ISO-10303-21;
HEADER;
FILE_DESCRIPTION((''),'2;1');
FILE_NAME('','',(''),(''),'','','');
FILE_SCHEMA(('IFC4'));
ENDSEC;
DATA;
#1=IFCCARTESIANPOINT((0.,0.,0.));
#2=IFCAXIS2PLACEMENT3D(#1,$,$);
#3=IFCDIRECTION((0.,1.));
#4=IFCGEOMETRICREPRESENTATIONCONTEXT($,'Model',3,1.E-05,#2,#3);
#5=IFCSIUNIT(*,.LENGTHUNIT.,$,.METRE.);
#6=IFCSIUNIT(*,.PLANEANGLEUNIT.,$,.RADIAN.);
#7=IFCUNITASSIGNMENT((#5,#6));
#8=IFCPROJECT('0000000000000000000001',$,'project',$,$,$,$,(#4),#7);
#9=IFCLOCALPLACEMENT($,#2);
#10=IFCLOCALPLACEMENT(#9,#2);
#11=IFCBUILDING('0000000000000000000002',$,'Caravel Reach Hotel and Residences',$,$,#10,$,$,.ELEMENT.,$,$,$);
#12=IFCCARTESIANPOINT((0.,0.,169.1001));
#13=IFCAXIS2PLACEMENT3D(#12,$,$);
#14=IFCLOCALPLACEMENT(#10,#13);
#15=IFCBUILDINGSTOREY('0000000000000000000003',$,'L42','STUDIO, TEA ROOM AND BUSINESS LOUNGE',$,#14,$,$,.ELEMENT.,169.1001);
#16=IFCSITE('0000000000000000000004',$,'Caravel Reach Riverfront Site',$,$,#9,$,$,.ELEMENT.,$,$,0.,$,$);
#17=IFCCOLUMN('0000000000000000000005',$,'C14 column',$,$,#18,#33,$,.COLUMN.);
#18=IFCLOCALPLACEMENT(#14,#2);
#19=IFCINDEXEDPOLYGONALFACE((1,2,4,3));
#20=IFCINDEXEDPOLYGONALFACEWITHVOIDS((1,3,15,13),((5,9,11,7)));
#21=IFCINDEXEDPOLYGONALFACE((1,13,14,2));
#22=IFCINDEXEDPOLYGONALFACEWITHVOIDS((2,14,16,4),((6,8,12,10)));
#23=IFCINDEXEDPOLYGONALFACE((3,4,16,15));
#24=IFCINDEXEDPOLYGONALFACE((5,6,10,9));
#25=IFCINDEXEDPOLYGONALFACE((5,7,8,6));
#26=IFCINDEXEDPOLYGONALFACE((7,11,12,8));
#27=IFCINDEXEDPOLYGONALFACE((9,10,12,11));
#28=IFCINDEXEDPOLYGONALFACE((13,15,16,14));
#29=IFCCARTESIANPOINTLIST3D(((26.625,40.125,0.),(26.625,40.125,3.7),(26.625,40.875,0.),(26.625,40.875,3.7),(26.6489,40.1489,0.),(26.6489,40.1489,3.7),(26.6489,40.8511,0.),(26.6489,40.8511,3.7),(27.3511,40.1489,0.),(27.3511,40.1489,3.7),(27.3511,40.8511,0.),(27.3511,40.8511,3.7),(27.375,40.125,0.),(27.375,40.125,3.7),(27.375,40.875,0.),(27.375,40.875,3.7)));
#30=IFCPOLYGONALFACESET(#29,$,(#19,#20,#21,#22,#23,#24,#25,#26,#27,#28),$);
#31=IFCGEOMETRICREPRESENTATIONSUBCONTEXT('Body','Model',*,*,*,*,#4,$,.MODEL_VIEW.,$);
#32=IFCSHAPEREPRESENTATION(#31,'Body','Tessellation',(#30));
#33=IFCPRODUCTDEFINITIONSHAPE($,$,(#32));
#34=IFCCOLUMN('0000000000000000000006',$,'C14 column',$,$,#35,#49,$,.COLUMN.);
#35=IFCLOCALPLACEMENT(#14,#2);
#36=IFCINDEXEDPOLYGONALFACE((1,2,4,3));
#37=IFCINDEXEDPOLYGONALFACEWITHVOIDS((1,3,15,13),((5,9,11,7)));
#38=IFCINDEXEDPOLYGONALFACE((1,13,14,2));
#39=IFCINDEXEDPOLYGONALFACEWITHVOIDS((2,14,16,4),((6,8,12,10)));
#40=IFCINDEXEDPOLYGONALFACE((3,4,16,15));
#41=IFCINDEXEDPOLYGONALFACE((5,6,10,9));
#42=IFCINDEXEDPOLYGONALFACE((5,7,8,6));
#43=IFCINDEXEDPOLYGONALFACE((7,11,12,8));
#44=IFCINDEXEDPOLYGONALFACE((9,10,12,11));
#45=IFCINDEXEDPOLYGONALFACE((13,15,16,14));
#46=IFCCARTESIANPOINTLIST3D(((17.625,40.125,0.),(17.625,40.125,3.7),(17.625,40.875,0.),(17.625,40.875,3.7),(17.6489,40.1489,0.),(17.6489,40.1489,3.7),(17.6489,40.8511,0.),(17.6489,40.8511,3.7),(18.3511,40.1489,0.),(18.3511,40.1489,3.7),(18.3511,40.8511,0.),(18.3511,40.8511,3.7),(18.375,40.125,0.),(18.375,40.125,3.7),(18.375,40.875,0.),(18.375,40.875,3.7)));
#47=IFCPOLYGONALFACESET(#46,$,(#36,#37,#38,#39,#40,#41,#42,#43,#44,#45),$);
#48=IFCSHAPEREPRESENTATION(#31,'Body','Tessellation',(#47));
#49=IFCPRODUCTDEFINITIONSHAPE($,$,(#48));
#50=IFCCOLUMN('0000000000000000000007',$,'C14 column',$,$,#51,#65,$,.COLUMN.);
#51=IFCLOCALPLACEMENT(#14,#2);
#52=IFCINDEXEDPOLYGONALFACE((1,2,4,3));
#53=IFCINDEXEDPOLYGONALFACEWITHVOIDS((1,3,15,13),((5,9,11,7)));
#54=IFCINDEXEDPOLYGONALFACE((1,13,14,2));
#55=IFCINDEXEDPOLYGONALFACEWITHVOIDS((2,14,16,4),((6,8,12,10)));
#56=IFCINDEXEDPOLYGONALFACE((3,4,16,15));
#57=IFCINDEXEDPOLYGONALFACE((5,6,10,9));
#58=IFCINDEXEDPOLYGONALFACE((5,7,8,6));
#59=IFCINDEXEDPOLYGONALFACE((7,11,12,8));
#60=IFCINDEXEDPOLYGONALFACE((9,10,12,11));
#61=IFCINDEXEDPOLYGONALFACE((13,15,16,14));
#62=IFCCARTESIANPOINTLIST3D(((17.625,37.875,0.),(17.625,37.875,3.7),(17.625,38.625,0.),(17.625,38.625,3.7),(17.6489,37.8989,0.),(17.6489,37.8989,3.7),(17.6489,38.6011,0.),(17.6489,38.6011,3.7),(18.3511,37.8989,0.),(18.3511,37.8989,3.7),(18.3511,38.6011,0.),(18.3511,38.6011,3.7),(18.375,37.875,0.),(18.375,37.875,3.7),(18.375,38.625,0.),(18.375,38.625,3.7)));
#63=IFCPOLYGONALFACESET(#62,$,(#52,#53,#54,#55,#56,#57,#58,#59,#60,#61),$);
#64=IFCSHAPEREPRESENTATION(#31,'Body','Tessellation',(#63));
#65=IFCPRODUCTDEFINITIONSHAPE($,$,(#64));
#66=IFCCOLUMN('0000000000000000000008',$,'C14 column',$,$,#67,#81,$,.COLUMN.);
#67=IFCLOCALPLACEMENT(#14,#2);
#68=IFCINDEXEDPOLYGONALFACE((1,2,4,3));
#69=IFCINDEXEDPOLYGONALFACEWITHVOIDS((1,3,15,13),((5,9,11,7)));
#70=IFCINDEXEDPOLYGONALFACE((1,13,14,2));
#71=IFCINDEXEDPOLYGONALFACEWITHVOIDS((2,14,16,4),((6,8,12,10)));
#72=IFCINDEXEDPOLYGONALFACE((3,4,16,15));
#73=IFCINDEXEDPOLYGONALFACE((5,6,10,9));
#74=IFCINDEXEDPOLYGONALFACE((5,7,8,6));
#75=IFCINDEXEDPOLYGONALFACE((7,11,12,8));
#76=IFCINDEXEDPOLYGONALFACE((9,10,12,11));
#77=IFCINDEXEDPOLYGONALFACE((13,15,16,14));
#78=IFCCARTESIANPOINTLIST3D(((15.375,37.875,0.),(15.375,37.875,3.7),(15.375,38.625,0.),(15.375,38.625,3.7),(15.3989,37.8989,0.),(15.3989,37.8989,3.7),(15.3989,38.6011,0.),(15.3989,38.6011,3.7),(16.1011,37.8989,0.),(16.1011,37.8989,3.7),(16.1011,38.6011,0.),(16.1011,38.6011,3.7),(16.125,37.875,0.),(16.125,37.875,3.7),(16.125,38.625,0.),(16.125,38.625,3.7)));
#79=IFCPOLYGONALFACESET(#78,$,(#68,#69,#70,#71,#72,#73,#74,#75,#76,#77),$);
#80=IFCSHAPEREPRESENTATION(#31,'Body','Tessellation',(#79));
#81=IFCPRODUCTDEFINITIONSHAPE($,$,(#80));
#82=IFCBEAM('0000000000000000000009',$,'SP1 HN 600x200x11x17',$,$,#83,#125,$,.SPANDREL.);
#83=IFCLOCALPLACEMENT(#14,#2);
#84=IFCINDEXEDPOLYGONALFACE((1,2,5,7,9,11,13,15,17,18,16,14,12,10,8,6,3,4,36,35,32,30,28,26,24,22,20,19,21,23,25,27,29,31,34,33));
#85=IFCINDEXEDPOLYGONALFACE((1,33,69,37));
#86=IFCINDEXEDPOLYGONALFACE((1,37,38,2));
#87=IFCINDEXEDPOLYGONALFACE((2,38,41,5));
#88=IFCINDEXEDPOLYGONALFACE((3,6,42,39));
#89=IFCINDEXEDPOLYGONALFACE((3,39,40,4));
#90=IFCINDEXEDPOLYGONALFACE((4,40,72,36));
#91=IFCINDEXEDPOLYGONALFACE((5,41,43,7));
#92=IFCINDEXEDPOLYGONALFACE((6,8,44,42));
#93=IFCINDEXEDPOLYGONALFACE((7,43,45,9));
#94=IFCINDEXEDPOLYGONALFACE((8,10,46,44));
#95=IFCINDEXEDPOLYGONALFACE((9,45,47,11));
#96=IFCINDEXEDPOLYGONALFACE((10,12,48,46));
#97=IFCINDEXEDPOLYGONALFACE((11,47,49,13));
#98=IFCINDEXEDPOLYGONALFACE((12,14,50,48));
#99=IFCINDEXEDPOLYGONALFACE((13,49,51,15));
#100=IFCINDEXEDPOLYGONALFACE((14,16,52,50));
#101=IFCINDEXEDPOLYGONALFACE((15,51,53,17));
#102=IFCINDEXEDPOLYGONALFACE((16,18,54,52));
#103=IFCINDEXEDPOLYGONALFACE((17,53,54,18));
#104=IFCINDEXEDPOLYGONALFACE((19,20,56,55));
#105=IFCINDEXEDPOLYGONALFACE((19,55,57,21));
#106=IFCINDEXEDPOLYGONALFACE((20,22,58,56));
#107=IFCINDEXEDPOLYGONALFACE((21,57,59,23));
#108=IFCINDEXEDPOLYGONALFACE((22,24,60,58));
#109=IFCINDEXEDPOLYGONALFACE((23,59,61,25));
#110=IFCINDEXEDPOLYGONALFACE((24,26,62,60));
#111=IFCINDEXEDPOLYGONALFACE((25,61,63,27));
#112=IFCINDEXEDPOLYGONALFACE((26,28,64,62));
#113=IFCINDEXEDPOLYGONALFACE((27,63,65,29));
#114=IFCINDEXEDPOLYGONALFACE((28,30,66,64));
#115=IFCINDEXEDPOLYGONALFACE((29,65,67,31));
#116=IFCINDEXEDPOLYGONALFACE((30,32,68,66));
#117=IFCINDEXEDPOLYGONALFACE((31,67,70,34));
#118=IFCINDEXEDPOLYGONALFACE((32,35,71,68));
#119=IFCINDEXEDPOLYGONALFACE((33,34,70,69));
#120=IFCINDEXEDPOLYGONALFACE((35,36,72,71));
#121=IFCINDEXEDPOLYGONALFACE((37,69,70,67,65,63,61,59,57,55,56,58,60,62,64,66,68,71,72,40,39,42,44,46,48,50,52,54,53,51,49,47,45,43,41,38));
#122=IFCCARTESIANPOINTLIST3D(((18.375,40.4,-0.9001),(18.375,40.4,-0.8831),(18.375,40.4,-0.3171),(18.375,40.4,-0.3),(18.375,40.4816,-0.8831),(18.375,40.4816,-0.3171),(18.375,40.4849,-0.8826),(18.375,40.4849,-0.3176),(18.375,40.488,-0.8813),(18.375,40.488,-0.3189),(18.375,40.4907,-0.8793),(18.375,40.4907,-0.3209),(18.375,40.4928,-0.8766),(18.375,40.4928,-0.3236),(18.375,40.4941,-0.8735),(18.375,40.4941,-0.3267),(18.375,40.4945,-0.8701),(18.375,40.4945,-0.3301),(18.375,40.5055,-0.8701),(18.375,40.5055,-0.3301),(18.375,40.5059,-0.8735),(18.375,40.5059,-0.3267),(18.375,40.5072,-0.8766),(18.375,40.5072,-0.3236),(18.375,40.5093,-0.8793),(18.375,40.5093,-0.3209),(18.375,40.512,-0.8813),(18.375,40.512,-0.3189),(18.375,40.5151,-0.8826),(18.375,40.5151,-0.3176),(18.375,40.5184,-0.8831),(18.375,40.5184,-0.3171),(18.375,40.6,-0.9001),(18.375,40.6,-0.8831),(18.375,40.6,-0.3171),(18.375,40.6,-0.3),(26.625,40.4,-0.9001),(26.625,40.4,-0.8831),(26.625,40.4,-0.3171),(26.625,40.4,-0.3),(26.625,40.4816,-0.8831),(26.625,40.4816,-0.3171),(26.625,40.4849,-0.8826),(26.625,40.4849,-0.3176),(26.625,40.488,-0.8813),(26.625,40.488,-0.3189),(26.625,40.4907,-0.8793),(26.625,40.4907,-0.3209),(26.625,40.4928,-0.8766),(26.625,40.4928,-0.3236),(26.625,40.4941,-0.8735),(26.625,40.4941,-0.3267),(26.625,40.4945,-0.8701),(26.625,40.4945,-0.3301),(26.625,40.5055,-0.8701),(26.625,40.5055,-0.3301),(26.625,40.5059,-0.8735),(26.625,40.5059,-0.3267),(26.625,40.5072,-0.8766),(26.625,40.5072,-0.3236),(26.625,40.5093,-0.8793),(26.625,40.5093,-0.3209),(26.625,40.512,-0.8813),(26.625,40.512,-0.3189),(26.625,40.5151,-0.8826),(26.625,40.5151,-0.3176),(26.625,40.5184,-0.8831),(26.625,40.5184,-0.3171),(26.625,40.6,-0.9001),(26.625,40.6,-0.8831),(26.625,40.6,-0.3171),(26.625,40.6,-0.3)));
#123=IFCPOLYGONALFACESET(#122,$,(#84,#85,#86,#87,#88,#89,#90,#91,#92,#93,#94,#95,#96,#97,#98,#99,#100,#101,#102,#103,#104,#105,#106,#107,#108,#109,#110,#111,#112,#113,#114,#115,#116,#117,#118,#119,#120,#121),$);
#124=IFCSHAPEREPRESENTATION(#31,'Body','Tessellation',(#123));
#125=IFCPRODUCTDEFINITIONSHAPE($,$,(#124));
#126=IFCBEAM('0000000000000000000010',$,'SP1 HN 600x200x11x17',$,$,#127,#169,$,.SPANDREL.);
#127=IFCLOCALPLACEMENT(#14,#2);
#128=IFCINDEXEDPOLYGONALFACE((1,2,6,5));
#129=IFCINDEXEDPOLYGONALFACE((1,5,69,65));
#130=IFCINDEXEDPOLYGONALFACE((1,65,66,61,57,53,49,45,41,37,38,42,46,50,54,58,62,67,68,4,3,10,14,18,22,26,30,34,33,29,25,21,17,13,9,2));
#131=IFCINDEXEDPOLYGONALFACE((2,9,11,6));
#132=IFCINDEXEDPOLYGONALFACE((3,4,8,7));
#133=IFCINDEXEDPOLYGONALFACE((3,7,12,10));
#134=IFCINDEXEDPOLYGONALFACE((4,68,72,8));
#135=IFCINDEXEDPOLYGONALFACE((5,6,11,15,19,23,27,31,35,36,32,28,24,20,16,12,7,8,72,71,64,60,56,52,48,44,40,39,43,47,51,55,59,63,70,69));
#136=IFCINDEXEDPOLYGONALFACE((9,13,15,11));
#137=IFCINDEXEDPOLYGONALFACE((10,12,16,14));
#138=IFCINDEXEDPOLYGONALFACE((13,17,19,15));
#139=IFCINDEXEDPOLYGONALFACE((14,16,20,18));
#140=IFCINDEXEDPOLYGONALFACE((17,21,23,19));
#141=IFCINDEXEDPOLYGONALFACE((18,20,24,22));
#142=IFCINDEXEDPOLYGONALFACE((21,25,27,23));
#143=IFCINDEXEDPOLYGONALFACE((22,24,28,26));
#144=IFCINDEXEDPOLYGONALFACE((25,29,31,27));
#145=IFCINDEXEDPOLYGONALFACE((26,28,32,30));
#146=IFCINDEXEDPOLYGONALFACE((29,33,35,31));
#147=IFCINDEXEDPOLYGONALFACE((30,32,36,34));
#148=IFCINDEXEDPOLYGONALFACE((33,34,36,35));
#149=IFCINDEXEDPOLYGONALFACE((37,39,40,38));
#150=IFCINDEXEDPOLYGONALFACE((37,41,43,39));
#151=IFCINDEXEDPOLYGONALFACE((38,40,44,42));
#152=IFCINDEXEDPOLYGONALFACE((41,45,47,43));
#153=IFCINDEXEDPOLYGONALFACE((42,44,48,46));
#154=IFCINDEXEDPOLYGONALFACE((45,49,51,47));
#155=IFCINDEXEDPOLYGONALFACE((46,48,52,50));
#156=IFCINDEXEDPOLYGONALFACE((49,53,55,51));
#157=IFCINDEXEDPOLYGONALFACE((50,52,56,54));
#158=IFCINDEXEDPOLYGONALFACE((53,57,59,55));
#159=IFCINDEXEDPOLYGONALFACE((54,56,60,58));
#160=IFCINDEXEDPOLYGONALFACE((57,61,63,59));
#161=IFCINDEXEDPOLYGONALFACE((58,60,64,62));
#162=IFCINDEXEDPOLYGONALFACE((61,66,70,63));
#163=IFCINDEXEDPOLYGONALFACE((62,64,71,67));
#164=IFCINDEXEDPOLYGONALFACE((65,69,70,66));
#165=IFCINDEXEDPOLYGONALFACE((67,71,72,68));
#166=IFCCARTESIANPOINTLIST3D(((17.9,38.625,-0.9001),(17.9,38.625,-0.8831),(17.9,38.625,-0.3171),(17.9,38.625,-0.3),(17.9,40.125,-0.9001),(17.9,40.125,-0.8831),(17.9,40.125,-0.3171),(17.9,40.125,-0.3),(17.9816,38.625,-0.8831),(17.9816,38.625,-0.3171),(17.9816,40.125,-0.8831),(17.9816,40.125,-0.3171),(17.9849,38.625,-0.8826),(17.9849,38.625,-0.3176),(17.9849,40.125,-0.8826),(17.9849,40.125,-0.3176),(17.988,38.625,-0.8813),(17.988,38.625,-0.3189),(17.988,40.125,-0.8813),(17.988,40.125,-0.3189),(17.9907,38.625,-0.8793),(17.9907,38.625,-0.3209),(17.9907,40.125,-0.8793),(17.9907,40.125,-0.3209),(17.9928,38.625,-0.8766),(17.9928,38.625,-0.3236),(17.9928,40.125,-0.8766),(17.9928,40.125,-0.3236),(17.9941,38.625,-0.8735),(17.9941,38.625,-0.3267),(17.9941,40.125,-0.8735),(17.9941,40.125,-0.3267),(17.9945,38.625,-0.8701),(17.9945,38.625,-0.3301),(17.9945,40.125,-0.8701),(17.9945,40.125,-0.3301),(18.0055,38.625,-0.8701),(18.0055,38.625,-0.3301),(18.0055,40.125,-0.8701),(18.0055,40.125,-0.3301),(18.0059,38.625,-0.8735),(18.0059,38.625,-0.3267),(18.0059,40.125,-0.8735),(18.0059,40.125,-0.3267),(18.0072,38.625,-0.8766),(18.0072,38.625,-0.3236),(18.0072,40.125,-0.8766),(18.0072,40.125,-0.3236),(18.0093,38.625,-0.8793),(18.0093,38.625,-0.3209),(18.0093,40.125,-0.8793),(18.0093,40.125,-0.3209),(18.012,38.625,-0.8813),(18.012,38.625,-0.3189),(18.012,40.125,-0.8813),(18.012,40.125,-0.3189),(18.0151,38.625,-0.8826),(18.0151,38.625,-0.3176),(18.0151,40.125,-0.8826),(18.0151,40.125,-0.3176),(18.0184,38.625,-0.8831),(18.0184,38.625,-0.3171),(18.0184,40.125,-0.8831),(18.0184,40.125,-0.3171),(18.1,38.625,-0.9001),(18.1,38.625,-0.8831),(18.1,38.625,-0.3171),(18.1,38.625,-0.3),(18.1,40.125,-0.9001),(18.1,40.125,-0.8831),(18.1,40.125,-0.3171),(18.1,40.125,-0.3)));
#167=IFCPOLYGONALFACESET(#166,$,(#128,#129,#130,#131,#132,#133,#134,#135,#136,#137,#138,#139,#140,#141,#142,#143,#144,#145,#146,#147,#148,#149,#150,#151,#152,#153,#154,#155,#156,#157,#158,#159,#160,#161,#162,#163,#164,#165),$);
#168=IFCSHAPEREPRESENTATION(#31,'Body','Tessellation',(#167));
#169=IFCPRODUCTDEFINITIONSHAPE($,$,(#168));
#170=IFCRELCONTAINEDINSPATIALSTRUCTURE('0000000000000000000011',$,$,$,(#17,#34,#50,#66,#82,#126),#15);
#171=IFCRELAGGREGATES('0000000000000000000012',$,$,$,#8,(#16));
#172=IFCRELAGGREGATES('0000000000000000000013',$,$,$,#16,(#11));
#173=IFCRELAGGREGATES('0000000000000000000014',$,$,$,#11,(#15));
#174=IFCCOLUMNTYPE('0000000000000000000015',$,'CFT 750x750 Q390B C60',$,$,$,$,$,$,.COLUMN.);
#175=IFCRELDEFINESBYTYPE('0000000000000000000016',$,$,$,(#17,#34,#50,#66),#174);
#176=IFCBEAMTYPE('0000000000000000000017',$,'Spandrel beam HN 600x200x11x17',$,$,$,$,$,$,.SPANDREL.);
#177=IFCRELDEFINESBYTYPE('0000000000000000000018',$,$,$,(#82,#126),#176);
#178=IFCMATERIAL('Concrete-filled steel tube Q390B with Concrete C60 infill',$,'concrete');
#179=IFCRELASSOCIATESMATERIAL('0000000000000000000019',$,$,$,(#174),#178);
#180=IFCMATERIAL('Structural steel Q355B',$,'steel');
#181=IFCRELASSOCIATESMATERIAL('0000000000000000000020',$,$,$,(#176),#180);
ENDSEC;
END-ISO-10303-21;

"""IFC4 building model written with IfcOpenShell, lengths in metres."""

from ifc_helpers import new_model, si_unit, direction, frame, origin, origin_2d, place, context, subcontext, project, spatial, hollow_rectangle, i_section, extrude, material, material_profile, profile_set, type_object, element, save


model = new_model("IFC4")

# Units and contexts
model_context = context("Model", 3, precision=1e-05, world=origin(), true_north=direction((0.0, 1.0)))
body_context = subcontext(model_context, "Body", "Model", "MODEL_VIEW")
ifc_project = project(units=[si_unit("LENGTHUNIT", "METRE"), si_unit("PLANEANGLEUNIT", "RADIAN")], contexts=[model_context])

# Site, building, storey
site_placement = place(None, origin())
site = spatial("IfcSite", under=ifc_project, at=site_placement, Name="Caravel Reach Riverfront Site", CompositionType="ELEMENT", RefElevation=0.0)
building_placement = place(site_placement, origin())
building = spatial("IfcBuilding", under=site, at=building_placement, Name="Caravel Reach Hotel and Residences", CompositionType="ELEMENT")
storey_placement = place(building_placement, frame((0.0, 0.0, 169.1001)))
storey = spatial("IfcBuildingStorey", under=building, at=storey_placement, Name="L42", Description="STUDIO, TEA ROOM AND BUSINESS LOUNGE", CompositionType="ELEMENT", Elevation=169.1001)

# Columns
ifc_material_1 = material(Name="Concrete-filled steel tube Q390B with Concrete C60 infill", Category="concrete")
ifc_material_profile_1 = material_profile(ifc_material_1, hollow_rectangle(XDim=0.75, YDim=0.75, WallThickness=0.0239, at=origin_2d()), Name="RHS 750x750x24")
ifc_profile_set_1 = profile_set([ifc_material_profile_1], Name="Concrete-filled steel tube Q390B with Concrete C60 infill")
column_type = type_object("IfcColumnType", Name="CFT 750x750 Q390B C60", PredefinedType="COLUMN", material=ifc_profile_set_1)
for number, where, z_axis, x_axis, name in (
    (1, (27.0, 40.5, 0.0), (0.0, 0.0, 1.0), (1.0, 0.0, 0.0), "C14 column"),
    (2, (18.0, 40.5, 0.0), (0.0, 0.0, 1.0), (1.0, 0.0, 0.0), "C14 column"),
    (3, (18.0, 38.25, 0.0), (0.0, 0.0, 1.0), (1.0, 0.0, 0.0), "C14 column"),
    (4, (15.75, 38.25, 0.0), (0.0, 0.0, 1.0), (1.0, 0.0, 0.0), "C14 column"),
):
    element("IfcColumn", number, at=place(storey_placement, frame(where, z_axis=z_axis, x_axis=x_axis)), inside=storey, type_object=column_type, Name=name, PredefinedType="COLUMN", context=body_context, shape_type="SweptSolid", body=[
        extrude(hollow_rectangle(XDim=0.75, YDim=0.75, WallThickness=0.0239, at=origin_2d()), origin(), (0.0, 0.0, 1.0), 3.7),
    ])

# Beams
ifc_material_2 = material(Name="Structural steel Q355B", Category="steel")
ifc_material_profile_2 = material_profile(ifc_material_2, i_section(OverallWidth=0.2, OverallDepth=0.6001, WebThickness=0.011, FlangeThickness=0.0171, FilletRadius=0.0129, at=origin_2d()), Name="HN 600x200x11x17")
ifc_profile_set_2 = profile_set([ifc_material_profile_2], Name="Structural steel Q355B")
beam_type = type_object("IfcBeamType", Name="Spandrel beam HN 600x200x11x17", PredefinedType="SPANDREL", material=ifc_profile_set_2)
beam_placement = place(storey_placement, frame((26.625, 40.5, -0.6001), z_axis=(-1.0, 0.0, 0.0), x_axis=(0.0, -1.0, 0.0)))
element("IfcBeam", 5, at=beam_placement, inside=storey, type_object=beam_type, Name="SP1 HN 600x200x11x17", PredefinedType="SPANDREL", context=body_context, shape_type="SweptSolid", body=[
    extrude(i_section(OverallWidth=0.2, OverallDepth=0.6001, WebThickness=0.011, FlangeThickness=0.0171, FilletRadius=0.0129, at=origin_2d()), origin(), (0.0, 0.0, 1.0), 8.25),
])
for number, where, z_axis, x_axis, name in (
    (6, (18.0, 40.125, -0.6001), (0.0, -1.0, 0.0), (1.0, 0.0, 0.0), "SP1 HN 600x200x11x17"),
):
    element("IfcBeam", number, at=place(storey_placement, frame(where, z_axis=z_axis, x_axis=x_axis)), inside=storey, type_object=beam_type, Name=name, PredefinedType="SPANDREL", context=body_context, shape_type="SweptSolid", body=[
        extrude(i_section(OverallWidth=0.2, OverallDepth=0.6001, WebThickness=0.011, FlangeThickness=0.0171, FilletRadius=0.0129, at=origin_2d()), origin(), (0.0, 0.0, 1.0), 1.5),
    ])

save(model, "model.ifc")
